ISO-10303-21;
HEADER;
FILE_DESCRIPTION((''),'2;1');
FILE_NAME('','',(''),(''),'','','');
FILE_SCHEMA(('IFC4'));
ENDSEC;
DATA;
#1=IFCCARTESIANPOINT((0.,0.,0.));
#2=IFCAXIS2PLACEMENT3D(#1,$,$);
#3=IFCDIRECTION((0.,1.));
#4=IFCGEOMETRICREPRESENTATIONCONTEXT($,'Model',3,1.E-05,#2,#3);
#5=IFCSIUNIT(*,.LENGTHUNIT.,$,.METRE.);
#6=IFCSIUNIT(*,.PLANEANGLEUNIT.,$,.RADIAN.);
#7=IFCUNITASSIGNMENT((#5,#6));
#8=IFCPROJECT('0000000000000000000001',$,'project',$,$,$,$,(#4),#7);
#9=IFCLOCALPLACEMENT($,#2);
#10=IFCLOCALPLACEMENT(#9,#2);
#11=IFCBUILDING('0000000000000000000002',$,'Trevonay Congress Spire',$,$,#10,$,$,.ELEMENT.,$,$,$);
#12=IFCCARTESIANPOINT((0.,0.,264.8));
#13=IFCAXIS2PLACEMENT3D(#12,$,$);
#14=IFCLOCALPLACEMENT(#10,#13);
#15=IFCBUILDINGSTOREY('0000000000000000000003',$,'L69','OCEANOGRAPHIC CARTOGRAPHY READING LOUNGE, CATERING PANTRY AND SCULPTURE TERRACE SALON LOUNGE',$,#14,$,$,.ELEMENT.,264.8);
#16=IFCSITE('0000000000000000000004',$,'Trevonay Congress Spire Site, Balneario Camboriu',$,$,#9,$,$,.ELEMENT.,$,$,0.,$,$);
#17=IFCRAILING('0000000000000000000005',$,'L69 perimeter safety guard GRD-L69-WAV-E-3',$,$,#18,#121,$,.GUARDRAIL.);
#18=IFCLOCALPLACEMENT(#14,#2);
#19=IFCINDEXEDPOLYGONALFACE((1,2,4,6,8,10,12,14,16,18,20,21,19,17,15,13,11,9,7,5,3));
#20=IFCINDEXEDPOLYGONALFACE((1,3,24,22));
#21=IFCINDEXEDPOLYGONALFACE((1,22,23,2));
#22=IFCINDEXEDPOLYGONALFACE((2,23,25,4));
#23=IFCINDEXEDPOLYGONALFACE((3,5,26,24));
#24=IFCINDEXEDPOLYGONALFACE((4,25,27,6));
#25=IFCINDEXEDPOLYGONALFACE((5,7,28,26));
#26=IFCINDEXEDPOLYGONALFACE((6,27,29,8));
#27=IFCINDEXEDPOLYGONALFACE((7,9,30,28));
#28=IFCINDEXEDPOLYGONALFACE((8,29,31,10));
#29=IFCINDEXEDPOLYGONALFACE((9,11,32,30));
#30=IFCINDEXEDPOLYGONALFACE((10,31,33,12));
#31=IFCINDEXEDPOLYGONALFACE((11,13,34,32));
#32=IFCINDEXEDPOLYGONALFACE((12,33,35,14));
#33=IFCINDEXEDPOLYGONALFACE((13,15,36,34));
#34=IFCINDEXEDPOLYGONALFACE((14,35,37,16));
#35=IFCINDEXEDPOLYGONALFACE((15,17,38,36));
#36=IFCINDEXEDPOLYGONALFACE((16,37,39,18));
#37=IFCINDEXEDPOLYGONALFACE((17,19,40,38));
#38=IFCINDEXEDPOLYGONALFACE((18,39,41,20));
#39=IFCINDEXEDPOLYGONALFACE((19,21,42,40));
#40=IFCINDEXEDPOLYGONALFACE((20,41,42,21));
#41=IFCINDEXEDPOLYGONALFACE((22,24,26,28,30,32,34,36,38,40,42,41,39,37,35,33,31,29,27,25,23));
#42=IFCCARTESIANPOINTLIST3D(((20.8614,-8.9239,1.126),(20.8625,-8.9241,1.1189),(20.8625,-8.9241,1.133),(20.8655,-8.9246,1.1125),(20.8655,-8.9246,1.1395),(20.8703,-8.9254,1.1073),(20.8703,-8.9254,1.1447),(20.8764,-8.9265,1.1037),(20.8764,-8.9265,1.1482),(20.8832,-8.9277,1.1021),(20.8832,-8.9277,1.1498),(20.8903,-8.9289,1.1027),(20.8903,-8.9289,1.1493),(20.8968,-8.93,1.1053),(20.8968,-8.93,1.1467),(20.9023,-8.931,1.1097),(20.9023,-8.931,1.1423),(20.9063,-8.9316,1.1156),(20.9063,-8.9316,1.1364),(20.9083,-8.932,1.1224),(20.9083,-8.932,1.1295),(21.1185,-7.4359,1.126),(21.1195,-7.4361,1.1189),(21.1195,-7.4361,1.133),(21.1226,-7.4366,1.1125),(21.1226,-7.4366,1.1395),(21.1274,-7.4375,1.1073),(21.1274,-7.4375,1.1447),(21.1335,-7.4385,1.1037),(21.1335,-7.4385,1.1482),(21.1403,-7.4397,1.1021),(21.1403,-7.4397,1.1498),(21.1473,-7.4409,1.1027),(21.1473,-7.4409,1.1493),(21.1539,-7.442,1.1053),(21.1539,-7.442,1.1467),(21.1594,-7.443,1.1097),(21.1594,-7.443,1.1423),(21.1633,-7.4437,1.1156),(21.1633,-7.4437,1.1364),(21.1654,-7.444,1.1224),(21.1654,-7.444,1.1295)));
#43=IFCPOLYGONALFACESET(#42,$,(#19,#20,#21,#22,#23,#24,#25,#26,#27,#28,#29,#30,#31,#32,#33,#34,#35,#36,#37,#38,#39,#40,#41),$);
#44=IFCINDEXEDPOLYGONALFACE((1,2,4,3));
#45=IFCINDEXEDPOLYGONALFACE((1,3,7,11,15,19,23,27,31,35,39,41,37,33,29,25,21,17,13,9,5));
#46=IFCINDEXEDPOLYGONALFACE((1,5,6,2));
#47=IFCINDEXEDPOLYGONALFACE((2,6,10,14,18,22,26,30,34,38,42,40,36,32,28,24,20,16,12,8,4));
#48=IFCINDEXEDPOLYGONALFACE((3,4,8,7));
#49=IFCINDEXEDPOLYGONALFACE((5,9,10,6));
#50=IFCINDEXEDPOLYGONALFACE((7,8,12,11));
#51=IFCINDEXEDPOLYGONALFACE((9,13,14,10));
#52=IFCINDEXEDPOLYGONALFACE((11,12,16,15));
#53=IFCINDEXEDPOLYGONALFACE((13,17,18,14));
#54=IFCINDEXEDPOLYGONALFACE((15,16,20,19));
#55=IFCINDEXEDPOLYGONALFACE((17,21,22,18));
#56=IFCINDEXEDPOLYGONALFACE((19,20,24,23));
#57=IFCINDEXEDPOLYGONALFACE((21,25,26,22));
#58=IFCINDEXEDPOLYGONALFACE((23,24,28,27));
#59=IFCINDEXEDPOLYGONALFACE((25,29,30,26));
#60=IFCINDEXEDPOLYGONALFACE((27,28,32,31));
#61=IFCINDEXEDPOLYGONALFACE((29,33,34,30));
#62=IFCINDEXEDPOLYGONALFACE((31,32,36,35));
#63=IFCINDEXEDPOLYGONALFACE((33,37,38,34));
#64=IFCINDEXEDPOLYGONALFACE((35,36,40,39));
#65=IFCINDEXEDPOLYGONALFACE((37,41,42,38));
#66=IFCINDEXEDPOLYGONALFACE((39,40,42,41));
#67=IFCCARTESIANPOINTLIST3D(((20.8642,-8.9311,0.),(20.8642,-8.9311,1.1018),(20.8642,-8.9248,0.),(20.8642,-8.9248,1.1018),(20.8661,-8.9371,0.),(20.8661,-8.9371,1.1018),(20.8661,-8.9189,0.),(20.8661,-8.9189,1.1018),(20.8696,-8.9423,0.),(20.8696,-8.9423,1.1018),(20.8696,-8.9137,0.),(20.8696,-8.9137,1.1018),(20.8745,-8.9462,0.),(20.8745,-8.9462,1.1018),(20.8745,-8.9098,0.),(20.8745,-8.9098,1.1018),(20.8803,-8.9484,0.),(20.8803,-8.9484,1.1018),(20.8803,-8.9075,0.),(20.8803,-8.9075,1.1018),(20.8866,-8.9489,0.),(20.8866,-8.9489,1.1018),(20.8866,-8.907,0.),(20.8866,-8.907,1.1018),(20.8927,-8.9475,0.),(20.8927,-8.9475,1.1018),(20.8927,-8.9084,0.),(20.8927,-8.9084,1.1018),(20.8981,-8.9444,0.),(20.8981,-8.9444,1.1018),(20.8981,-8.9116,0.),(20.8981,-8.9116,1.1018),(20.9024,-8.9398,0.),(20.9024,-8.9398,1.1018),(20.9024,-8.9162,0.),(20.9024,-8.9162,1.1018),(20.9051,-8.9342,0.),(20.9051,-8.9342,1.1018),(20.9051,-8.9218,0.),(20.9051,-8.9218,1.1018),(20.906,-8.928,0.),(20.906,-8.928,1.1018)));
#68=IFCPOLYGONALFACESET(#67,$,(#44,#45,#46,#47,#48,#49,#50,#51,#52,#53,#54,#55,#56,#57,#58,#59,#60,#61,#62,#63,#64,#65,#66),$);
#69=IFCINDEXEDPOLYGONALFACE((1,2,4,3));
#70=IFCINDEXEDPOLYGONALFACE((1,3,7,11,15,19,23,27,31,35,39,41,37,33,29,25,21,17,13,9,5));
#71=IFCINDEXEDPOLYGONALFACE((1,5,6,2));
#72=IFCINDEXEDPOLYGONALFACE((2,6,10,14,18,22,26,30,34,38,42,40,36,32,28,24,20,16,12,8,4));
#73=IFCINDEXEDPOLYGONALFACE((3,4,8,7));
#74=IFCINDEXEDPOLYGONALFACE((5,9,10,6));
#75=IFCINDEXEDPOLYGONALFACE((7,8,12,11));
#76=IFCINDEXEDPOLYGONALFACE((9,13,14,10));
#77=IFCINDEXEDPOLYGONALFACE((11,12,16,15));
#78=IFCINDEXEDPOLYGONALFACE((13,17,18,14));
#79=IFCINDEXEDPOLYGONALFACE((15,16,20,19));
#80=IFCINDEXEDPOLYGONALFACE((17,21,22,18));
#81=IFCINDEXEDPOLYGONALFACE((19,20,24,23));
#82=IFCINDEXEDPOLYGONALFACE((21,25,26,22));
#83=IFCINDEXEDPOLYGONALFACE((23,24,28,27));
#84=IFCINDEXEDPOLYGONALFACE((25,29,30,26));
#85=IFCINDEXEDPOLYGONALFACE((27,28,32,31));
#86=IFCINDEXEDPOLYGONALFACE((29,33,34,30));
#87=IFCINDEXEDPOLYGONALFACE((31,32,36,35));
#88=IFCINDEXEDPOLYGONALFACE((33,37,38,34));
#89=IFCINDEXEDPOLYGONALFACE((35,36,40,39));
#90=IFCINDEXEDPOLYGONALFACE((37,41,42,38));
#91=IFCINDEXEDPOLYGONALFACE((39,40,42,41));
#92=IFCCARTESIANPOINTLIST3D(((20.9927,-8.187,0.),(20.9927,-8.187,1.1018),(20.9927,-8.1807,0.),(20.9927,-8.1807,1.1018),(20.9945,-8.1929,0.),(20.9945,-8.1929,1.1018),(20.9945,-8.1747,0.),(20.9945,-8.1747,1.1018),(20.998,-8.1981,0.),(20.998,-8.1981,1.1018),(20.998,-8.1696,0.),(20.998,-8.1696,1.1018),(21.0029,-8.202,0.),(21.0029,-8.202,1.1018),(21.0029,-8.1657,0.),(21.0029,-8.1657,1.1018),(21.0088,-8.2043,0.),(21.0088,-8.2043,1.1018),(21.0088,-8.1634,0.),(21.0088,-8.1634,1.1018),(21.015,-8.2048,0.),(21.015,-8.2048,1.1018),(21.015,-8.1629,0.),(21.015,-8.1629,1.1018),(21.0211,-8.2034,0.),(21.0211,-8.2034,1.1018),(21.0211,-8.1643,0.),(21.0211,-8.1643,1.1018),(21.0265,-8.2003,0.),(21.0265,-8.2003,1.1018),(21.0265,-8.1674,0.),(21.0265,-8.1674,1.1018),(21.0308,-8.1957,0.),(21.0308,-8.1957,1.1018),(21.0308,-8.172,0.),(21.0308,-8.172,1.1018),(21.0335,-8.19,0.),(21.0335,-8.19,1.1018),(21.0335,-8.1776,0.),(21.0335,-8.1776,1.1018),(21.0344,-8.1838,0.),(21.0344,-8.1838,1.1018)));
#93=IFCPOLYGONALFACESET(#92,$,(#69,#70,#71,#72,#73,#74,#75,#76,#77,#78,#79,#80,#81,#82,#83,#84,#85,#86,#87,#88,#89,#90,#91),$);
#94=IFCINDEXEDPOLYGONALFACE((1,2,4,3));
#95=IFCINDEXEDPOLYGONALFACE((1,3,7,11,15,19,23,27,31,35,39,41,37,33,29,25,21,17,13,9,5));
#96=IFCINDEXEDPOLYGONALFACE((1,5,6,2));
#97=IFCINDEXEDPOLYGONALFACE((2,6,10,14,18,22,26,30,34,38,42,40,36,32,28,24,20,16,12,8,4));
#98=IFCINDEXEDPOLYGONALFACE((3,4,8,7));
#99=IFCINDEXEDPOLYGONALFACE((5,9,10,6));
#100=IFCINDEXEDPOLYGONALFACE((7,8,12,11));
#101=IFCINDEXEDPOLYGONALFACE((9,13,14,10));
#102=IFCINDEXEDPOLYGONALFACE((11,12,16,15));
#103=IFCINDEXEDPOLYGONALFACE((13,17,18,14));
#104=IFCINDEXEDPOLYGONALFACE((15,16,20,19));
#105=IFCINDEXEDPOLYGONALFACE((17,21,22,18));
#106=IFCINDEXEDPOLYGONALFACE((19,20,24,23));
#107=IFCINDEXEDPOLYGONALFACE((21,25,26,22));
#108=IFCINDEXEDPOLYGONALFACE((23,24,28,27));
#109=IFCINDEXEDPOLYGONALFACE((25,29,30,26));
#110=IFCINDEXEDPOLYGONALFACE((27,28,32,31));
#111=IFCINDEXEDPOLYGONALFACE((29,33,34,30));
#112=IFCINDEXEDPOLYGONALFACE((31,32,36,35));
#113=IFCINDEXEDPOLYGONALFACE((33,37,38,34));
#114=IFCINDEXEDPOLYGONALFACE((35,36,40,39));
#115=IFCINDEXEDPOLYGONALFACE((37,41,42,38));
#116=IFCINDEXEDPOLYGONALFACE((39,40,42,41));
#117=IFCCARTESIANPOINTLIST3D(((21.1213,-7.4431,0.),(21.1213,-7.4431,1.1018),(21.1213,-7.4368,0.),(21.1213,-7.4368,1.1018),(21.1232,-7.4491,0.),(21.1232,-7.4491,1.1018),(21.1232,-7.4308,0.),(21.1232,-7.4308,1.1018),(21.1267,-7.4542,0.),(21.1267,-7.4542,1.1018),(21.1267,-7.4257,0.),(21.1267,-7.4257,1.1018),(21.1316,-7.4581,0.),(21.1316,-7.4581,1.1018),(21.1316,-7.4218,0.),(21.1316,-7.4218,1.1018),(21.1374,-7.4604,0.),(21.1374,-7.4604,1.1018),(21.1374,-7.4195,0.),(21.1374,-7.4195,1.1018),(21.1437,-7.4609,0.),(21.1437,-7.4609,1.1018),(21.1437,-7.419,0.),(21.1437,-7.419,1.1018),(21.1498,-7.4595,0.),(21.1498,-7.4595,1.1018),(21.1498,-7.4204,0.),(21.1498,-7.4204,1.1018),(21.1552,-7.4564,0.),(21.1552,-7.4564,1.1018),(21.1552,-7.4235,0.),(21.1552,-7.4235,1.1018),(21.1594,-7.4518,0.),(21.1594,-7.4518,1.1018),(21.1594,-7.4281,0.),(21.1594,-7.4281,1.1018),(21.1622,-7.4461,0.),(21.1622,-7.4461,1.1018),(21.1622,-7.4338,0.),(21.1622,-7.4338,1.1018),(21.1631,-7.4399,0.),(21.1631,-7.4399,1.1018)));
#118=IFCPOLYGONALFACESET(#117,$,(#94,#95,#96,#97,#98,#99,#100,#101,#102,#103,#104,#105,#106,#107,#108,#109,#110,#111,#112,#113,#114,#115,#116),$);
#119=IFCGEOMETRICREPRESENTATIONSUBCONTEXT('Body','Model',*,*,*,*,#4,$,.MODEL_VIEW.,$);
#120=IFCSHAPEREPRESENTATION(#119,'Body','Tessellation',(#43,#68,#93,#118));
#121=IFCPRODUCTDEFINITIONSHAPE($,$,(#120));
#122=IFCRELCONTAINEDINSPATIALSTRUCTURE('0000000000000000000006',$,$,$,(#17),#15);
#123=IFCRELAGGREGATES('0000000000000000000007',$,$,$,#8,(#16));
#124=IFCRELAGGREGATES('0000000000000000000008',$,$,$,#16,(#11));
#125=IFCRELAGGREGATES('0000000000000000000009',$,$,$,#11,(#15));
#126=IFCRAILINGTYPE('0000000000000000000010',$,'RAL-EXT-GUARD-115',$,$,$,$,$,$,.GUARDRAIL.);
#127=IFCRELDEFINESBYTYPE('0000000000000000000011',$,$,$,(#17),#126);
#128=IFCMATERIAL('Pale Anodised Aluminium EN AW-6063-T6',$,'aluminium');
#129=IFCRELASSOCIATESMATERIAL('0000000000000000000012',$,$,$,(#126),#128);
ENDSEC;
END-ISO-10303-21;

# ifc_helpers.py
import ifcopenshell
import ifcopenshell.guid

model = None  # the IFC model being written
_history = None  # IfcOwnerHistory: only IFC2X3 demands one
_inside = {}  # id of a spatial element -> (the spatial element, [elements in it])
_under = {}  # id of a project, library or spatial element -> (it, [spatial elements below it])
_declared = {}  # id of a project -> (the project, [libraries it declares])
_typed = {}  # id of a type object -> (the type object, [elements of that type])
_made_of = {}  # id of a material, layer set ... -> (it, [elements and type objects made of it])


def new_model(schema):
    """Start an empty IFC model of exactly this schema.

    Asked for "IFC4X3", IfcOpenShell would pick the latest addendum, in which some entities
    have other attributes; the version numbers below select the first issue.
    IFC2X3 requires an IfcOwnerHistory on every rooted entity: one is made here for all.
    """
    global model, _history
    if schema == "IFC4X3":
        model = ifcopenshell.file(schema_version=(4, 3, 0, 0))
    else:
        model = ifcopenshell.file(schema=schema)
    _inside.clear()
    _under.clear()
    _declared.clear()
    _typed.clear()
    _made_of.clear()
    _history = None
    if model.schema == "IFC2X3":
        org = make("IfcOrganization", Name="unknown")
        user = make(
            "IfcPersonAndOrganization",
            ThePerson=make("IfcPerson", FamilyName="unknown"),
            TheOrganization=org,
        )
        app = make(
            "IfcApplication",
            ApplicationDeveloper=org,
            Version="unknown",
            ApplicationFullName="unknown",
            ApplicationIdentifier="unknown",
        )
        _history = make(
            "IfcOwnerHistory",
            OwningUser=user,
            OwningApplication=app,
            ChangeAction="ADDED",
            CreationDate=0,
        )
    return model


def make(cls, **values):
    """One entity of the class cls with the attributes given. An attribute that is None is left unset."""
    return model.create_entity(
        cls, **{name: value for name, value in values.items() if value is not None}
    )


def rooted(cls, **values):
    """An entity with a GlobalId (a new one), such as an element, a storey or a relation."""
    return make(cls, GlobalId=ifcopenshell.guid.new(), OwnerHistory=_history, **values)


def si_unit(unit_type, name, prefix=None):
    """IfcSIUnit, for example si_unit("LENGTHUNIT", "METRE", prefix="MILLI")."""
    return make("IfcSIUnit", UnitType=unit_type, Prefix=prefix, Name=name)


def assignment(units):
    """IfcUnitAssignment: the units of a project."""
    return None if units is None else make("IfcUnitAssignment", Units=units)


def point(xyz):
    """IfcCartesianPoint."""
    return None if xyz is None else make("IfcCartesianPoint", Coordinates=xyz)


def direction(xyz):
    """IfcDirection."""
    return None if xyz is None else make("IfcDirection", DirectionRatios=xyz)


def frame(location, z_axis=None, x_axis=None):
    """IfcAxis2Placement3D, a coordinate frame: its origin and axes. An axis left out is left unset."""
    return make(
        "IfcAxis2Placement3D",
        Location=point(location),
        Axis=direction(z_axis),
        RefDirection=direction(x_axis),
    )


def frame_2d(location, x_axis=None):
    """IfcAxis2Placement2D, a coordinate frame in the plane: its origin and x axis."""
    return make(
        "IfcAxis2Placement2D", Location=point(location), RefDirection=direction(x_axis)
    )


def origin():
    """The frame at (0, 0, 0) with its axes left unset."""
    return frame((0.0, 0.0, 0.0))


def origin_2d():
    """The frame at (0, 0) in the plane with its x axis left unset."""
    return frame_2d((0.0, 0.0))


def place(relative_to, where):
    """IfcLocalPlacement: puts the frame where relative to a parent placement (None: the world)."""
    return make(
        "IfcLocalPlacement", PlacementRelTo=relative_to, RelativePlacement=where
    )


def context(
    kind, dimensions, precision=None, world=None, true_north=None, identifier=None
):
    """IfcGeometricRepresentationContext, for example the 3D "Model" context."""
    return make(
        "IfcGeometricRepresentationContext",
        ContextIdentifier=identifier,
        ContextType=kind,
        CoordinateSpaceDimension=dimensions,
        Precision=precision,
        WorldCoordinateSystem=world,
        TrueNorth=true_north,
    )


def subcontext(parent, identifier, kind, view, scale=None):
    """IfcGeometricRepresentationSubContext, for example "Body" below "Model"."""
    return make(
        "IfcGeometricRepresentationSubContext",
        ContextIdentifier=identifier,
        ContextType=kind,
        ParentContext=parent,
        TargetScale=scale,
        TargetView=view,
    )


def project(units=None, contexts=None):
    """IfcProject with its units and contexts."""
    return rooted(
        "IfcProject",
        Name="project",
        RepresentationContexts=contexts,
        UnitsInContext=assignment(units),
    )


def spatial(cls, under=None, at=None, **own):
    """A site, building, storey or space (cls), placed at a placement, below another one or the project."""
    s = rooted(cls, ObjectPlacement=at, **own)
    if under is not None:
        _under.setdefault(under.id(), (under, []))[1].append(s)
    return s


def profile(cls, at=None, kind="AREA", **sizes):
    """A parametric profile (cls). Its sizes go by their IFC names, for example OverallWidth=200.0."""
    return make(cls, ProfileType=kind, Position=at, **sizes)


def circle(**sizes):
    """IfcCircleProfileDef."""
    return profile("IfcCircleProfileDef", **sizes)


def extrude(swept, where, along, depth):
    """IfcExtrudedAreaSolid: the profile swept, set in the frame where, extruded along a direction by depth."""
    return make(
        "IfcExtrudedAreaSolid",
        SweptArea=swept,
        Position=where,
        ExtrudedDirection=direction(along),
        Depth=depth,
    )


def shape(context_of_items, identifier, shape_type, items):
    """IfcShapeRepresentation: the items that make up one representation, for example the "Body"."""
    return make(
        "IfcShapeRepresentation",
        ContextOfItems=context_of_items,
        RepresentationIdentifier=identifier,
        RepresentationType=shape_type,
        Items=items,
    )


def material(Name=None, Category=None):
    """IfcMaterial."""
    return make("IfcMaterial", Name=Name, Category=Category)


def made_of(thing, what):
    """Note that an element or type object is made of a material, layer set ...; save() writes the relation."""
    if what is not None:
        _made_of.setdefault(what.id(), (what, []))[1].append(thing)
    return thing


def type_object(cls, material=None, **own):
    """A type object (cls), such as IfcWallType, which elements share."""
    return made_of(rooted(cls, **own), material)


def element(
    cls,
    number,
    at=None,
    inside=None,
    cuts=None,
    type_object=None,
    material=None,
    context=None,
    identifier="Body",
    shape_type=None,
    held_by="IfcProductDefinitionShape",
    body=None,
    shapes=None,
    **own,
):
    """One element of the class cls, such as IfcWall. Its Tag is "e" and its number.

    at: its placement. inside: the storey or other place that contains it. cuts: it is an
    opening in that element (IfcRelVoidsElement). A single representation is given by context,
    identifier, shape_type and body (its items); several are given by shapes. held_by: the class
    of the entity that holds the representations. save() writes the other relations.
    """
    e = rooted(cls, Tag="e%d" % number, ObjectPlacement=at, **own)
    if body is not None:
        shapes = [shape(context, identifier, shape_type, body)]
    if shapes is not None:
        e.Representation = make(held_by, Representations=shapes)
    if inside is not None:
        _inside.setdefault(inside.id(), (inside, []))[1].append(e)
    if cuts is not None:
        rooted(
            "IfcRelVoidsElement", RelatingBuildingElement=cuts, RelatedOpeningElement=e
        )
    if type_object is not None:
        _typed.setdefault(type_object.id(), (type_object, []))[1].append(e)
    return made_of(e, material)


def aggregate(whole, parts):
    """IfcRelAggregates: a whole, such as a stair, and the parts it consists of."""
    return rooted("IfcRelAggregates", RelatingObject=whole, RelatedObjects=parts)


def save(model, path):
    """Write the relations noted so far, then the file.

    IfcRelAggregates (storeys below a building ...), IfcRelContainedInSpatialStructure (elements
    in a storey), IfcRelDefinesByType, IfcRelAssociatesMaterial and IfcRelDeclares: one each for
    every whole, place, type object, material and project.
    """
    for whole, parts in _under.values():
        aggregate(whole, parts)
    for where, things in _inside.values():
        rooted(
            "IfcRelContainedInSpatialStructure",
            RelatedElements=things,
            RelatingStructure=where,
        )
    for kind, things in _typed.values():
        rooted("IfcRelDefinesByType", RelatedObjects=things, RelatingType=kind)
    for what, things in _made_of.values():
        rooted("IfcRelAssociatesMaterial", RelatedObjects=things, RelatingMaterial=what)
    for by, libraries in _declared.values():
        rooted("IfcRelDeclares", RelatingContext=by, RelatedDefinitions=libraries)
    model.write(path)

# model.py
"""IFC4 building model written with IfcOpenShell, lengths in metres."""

from ifc_helpers import new_model, si_unit, direction, frame, origin, origin_2d, place, context, subcontext, project, spatial, circle, extrude, material, type_object, element, save


model = new_model("IFC4")

# Units and contexts
model_context = context("Model", 3, precision=1e-05, world=origin(), true_north=direction((0.0, 1.0)))
body_context = subcontext(model_context, "Body", "Model", "MODEL_VIEW")
ifc_project = project(units=[si_unit("LENGTHUNIT", "METRE"), si_unit("PLANEANGLEUNIT", "RADIAN")], contexts=[model_context])

# Site, building, storey
site_placement = place(None, origin())
site = spatial("IfcSite", under=ifc_project, at=site_placement, Name="Trevonay Congress Spire Site, Balneario Camboriu", CompositionType="ELEMENT", RefElevation=0.0)
building_placement = place(site_placement, origin())
building = spatial("IfcBuilding", under=site, at=building_placement, Name="Trevonay Congress Spire", CompositionType="ELEMENT")
storey_placement = place(building_placement, frame((0.0, 0.0, 264.8)))
storey = spatial("IfcBuildingStorey", under=building, at=storey_placement, Name="L69", Description="OCEANOGRAPHIC CARTOGRAPHY READING LOUNGE, CATERING PANTRY AND SCULPTURE TERRACE SALON LOUNGE", CompositionType="ELEMENT", Elevation=264.8)

# Shared definitions
ifc_material_1 = material(Name="Pale Anodised Aluminium EN AW-6063-T6", Category="aluminium")

# Railing
railing_type = type_object("IfcRailingType", Name="RAL-EXT-GUARD-115", PredefinedType="GUARDRAIL", material=ifc_material_1)
railing_1_placement = place(storey_placement, frame((20.885, -8.928, 0.0)))
element("IfcRailing", 1, at=railing_1_placement, inside=storey, type_object=railing_type, Name="L69 perimeter safety guard GRD-L69-WAV-E-3", PredefinedType="GUARDRAIL", context=body_context, shape_type="SweptSolid", body=[
    extrude(circle(Radius=0.0239, at=origin_2d()), frame((0.0, 0.0, 1.126), z_axis=(0.170243, 0.985402, 0.0), x_axis=(-0.985402, 0.170243, 0.0)), (0.0, 0.0, 1.0), 1.51),
    extrude(circle(Radius=0.021, at=origin_2d()), origin(), (0.0, 0.0, 1.0), 1.1018),
    extrude(circle(Radius=0.021, at=origin_2d()), frame((0.1284, 0.7441, 0.0)), (0.0, 0.0, 1.0), 1.1018),
    extrude(circle(Radius=0.021, at=origin_2d()), frame((0.2571, 1.488, 0.0)), (0.0, 0.0, 1.0), 1.1018),
])

save(model, "model.ifc")
